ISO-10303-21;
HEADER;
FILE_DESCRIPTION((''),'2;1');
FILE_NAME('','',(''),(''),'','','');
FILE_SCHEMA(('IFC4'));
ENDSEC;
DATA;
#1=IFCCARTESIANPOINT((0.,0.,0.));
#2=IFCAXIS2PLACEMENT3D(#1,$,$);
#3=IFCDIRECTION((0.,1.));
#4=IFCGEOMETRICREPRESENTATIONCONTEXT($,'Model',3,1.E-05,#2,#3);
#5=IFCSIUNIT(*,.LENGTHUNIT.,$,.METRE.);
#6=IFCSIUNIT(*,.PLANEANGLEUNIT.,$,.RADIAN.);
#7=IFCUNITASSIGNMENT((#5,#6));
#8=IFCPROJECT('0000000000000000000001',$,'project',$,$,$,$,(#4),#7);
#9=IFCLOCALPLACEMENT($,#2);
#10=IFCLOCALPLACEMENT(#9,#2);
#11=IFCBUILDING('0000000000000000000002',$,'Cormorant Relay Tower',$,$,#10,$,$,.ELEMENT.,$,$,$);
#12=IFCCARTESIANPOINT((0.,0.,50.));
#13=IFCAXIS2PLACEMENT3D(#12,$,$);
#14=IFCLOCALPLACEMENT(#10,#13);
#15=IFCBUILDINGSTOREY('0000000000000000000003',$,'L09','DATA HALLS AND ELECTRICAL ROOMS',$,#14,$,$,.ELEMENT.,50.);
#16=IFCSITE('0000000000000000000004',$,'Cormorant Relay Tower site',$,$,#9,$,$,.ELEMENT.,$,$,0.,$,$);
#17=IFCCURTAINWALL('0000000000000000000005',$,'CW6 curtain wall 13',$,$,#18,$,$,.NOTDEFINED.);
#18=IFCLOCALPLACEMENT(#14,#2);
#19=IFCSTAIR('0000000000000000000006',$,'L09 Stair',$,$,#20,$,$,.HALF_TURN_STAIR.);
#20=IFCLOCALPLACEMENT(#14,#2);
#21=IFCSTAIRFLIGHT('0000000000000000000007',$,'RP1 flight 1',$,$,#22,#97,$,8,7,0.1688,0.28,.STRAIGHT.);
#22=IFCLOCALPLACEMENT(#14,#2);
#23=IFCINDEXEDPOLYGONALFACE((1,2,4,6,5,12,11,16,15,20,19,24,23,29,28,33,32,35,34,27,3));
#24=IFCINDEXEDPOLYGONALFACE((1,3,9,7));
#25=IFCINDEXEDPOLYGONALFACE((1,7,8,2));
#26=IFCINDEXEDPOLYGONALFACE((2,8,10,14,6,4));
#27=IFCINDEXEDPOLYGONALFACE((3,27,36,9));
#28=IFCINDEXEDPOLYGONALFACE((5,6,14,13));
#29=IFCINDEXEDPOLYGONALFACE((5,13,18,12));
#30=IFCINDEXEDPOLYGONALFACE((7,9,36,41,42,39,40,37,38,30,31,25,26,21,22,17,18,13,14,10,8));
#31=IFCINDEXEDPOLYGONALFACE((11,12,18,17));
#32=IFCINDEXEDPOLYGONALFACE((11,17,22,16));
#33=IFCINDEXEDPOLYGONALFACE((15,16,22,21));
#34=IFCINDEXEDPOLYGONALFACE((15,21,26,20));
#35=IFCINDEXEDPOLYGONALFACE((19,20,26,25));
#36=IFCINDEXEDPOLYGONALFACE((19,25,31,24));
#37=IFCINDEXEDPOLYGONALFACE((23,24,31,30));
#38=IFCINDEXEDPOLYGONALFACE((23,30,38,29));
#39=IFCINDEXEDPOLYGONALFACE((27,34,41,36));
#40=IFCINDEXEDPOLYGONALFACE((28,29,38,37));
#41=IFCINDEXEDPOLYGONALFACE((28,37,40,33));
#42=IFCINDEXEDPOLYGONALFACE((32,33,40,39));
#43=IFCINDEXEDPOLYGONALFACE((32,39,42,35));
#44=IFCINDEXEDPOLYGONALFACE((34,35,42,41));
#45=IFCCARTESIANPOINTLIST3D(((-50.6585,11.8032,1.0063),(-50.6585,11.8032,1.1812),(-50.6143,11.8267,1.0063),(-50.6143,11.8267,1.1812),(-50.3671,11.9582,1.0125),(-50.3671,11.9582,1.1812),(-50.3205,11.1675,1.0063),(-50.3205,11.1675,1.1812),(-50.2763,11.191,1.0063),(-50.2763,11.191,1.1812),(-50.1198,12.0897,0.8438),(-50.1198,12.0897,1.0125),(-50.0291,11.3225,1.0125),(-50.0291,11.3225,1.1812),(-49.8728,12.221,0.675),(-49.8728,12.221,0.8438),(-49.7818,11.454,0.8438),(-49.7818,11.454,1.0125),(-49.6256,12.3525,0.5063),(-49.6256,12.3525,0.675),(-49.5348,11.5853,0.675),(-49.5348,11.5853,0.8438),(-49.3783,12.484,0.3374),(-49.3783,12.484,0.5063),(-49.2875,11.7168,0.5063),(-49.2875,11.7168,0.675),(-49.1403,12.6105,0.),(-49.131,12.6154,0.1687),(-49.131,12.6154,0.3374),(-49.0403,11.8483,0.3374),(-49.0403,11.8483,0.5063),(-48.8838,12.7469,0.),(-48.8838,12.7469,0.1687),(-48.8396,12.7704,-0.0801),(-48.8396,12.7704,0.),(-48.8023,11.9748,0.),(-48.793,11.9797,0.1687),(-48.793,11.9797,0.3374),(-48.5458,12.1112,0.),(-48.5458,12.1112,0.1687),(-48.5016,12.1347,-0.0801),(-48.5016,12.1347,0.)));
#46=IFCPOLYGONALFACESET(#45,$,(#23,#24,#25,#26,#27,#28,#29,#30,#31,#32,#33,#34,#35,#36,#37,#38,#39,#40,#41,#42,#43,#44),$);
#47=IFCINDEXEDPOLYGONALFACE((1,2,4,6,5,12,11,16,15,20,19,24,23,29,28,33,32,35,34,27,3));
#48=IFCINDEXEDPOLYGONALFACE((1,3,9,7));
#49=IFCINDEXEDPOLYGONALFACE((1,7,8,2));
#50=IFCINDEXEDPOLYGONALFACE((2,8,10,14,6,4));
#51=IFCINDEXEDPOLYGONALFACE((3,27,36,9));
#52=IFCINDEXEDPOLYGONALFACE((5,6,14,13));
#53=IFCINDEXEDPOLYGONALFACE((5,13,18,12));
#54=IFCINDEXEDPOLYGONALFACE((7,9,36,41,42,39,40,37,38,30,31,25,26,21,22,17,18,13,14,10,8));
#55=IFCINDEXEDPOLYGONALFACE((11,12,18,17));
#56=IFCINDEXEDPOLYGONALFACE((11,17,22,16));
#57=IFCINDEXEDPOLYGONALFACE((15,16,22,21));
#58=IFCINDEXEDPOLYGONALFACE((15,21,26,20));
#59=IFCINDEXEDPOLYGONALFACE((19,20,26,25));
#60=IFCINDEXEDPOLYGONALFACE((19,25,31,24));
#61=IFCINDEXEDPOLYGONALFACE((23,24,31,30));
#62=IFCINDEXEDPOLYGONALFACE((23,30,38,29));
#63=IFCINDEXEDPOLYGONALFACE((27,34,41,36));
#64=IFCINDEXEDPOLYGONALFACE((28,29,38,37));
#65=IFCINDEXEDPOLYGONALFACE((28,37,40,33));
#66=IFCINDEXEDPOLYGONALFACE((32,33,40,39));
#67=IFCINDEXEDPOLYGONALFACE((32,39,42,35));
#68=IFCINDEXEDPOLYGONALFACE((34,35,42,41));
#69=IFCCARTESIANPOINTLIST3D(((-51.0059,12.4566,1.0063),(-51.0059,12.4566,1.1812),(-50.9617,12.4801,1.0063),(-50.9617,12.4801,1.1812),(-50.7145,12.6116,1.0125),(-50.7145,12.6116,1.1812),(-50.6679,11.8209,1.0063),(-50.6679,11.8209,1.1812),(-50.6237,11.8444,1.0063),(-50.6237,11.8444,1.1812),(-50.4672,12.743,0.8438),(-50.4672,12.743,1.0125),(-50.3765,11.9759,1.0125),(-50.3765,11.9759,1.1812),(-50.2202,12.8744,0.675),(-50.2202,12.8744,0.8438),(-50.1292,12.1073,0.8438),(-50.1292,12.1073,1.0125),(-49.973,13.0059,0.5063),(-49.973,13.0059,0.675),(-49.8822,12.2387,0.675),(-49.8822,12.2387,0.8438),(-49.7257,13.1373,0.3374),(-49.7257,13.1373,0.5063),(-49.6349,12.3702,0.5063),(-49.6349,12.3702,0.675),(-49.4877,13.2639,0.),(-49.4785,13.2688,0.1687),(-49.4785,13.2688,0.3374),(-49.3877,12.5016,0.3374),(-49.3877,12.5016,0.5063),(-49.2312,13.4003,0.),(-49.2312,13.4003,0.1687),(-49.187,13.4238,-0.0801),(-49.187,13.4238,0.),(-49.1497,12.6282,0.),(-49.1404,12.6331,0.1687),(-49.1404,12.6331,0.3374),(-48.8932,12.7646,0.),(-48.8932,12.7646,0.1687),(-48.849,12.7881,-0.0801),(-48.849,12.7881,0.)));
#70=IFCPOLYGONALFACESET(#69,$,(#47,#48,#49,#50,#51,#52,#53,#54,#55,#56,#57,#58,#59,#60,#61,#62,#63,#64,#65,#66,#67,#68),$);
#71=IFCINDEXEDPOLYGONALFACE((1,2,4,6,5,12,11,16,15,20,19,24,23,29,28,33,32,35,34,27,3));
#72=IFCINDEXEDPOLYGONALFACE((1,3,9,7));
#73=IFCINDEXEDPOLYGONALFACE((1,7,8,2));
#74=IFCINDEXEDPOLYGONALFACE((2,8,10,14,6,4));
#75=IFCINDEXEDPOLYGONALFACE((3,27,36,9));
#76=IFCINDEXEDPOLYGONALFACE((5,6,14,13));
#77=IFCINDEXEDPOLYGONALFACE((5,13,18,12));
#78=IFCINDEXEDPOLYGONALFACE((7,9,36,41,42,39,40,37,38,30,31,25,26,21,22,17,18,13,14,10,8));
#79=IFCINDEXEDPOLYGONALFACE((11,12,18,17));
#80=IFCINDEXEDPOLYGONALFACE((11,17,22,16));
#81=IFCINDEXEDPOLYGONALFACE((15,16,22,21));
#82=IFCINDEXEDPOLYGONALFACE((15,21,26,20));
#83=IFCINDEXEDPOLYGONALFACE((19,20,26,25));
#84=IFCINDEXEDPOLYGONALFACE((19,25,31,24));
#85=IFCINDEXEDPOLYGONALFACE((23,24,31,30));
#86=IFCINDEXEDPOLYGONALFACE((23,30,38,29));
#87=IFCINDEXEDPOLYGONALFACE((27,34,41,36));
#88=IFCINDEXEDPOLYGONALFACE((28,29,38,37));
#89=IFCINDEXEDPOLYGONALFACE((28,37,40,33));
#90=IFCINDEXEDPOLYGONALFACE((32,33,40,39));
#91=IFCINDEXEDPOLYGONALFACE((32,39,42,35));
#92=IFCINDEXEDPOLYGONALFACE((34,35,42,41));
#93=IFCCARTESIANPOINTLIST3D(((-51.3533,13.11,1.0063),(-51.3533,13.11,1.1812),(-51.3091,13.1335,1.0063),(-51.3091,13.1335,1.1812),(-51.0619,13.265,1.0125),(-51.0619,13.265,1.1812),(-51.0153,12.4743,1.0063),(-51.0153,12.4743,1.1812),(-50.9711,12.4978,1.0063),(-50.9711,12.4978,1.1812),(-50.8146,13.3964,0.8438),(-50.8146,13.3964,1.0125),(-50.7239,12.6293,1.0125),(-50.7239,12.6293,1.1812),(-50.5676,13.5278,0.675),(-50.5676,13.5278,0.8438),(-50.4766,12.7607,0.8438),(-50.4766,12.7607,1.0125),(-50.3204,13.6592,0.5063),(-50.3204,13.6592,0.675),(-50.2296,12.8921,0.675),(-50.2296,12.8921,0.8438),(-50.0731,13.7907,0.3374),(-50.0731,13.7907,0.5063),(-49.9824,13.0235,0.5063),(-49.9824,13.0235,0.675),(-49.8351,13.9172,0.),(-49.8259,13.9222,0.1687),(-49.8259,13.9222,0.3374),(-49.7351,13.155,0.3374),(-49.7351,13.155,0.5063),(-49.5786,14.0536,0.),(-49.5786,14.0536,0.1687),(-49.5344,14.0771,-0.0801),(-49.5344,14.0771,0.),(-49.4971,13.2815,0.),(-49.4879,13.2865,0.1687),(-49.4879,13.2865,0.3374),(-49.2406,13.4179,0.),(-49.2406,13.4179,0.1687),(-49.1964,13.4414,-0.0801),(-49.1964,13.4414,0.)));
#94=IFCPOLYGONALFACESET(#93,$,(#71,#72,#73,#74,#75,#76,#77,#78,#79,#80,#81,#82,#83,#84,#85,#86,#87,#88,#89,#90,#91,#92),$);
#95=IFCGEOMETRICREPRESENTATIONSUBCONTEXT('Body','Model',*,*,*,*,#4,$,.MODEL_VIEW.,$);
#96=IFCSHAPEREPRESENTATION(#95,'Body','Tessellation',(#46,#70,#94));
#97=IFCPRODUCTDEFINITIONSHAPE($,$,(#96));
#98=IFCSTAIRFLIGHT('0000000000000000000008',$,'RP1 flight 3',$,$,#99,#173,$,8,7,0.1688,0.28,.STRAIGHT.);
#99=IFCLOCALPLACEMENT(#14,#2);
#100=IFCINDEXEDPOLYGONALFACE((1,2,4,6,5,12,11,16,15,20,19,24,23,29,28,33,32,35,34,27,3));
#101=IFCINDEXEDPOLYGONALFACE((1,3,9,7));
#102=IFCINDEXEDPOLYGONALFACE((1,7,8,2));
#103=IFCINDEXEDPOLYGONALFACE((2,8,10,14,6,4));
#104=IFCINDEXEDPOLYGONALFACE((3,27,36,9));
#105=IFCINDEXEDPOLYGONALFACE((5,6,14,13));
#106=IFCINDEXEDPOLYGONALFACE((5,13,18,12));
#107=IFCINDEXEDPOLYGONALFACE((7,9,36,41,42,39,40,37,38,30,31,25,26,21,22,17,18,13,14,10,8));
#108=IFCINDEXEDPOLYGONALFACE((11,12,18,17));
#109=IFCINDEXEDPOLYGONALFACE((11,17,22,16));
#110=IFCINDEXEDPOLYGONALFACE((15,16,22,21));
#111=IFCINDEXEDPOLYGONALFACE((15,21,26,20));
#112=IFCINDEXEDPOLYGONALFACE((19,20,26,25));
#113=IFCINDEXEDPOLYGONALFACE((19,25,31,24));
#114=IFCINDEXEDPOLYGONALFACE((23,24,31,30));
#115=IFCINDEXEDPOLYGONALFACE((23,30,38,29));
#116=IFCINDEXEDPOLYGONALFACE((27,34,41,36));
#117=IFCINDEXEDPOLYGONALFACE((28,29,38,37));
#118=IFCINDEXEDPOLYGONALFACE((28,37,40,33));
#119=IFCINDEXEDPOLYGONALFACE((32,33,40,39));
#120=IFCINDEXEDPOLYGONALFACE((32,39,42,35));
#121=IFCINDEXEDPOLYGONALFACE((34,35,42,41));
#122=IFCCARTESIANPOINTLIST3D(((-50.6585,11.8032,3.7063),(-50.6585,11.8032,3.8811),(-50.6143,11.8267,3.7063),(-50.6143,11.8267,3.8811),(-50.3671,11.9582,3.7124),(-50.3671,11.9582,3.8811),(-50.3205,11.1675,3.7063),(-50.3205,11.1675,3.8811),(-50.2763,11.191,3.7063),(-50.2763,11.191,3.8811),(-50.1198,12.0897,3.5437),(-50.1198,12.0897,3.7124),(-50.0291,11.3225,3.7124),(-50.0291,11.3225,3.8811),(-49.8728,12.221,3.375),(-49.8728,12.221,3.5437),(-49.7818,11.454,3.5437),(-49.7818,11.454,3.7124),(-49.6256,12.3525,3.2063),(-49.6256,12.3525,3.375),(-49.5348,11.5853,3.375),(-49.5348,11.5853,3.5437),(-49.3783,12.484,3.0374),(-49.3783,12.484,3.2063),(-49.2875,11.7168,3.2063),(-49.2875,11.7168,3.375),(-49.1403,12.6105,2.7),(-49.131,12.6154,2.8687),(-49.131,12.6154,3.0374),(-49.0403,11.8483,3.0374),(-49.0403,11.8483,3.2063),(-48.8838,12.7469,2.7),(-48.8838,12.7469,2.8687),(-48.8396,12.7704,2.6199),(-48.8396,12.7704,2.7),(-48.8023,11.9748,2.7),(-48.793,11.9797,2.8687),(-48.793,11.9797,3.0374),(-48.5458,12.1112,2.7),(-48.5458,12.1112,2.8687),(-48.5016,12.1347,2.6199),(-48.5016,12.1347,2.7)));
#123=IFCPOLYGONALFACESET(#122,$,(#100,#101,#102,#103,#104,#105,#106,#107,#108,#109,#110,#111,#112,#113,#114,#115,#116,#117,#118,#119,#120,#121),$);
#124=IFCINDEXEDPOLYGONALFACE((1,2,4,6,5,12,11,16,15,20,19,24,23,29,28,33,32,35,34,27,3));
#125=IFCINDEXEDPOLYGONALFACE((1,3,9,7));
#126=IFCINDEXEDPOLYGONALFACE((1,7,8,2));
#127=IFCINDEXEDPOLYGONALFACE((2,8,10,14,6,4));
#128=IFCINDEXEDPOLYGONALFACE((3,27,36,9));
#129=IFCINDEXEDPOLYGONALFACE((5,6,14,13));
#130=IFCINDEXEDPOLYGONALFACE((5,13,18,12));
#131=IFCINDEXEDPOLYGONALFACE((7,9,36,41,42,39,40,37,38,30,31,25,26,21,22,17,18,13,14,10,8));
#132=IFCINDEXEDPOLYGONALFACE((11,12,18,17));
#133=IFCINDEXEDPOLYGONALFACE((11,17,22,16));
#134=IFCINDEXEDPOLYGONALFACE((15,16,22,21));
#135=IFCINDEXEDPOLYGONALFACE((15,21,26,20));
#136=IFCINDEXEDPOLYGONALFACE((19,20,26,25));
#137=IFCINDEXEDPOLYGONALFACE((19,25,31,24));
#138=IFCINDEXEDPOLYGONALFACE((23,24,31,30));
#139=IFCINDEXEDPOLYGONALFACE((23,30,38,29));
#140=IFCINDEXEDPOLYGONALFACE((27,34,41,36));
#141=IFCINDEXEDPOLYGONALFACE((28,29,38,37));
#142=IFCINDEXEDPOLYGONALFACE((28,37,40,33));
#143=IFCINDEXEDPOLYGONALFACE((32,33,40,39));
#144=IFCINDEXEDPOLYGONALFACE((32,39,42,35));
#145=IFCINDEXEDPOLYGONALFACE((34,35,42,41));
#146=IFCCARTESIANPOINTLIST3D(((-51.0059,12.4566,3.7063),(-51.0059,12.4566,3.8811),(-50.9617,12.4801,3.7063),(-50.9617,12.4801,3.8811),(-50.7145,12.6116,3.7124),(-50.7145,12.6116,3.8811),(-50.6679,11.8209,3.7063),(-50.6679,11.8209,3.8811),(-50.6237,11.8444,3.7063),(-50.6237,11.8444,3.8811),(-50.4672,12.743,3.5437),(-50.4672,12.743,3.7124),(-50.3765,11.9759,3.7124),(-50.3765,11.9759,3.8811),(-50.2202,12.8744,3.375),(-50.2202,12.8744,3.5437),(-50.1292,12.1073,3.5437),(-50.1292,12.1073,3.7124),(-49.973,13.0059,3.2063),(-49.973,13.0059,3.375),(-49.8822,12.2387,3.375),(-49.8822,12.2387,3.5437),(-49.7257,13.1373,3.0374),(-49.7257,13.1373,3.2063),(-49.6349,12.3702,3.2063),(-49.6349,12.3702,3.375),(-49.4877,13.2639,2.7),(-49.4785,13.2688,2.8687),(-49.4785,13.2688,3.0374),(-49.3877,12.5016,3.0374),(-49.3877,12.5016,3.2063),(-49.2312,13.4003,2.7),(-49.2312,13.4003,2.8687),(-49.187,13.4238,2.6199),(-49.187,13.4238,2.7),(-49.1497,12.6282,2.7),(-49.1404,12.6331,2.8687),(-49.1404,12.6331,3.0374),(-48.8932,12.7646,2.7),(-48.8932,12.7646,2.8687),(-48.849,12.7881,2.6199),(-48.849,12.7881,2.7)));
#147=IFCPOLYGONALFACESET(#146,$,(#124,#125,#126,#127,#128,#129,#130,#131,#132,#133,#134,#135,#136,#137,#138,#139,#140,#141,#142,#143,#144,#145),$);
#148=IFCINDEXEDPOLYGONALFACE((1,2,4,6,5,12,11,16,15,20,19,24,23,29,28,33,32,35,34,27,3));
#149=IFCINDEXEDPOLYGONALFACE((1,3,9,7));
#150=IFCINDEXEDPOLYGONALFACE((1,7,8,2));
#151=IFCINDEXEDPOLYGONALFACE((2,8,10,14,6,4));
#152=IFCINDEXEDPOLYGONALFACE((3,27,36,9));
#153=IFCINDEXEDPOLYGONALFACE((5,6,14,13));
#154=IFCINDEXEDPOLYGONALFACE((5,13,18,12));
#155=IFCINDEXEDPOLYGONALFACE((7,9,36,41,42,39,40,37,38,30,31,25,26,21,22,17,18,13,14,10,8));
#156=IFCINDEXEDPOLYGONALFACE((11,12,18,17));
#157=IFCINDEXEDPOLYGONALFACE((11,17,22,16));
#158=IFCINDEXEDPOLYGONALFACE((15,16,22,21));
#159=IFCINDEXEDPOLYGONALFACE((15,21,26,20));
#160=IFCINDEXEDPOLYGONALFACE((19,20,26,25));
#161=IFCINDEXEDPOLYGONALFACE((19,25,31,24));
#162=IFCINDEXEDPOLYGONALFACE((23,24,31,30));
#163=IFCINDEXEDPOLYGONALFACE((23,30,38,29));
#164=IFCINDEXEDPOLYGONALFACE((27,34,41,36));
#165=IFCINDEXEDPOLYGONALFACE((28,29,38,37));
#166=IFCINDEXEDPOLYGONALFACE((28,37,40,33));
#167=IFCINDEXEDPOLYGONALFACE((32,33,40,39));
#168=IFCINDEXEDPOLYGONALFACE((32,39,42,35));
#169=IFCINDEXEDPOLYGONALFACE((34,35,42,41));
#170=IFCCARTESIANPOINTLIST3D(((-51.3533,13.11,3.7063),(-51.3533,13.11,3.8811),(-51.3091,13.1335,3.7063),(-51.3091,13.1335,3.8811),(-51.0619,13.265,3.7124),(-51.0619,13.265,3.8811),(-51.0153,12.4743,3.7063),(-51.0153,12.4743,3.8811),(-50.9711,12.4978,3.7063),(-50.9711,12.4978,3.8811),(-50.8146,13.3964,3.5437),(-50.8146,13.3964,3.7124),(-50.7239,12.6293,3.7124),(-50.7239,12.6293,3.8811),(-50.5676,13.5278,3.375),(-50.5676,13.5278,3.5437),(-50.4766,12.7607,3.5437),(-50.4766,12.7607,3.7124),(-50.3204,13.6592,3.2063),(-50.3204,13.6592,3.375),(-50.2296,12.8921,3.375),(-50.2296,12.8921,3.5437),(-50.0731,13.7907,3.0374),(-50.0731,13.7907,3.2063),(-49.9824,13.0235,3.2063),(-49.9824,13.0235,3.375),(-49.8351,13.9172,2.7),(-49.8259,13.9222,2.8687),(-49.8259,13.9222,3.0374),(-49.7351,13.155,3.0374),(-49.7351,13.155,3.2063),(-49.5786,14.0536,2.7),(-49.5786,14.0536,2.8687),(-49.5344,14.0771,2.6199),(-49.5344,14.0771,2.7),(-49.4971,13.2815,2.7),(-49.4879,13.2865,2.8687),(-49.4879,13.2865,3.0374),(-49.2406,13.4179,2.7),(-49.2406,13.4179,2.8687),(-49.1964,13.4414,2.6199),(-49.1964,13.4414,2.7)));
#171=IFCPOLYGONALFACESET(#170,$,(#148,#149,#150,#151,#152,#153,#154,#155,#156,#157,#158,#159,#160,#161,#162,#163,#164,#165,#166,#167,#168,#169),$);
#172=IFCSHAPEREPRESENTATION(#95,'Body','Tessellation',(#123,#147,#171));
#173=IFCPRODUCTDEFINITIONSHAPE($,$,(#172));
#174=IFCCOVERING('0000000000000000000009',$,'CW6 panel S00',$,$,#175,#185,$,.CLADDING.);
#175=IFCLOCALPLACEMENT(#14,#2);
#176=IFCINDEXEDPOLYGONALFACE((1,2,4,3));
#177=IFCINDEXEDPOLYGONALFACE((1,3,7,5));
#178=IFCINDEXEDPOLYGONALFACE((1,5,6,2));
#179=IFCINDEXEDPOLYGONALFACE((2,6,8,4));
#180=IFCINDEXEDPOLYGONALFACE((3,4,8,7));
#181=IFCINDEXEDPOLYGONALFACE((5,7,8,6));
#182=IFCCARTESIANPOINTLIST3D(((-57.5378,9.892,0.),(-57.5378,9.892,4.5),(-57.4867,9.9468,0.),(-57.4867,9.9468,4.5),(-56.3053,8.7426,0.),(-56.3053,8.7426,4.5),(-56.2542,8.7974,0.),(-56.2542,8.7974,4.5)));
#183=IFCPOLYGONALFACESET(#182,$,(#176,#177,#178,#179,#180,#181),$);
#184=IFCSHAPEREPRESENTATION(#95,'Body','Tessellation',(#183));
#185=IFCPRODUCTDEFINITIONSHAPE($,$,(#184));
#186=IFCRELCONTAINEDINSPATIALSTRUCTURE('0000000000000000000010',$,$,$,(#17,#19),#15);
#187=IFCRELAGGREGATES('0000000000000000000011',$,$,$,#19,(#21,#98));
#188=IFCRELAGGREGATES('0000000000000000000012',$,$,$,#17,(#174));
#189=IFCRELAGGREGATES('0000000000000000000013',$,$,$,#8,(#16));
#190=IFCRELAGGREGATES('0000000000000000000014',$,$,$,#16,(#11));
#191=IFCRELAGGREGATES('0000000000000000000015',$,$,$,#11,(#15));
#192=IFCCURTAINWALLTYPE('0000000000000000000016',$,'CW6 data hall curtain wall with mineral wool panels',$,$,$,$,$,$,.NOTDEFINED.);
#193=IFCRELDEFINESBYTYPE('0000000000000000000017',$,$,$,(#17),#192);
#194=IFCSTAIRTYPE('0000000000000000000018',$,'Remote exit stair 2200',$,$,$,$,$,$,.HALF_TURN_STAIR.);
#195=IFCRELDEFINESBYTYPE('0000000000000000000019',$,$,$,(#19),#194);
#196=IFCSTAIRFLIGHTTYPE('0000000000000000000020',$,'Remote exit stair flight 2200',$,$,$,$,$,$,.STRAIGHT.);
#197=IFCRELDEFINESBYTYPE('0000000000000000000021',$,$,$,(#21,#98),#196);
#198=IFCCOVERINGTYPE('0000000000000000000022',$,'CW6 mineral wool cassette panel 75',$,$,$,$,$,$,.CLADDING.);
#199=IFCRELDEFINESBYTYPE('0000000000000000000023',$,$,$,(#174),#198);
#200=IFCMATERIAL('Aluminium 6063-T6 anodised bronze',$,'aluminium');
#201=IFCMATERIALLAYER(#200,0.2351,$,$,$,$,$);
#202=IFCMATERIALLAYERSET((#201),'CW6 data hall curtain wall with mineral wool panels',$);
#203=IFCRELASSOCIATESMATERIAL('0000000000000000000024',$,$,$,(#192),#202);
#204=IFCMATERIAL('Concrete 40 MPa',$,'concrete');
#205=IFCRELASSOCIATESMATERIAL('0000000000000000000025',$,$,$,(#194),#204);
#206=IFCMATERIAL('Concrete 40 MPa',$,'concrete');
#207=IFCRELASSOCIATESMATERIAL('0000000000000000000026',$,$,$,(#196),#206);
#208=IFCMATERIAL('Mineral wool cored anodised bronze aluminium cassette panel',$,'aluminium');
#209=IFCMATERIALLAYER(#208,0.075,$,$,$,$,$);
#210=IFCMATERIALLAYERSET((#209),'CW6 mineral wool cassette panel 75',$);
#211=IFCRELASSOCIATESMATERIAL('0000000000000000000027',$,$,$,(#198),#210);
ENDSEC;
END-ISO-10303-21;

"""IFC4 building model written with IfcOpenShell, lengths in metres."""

from ifc_helpers import new_model, si_unit, direction, frame, origin, origin_2d, place, context, subcontext, project, spatial, polyline, rectangle, outline, extrude, material, layer, layer_set, type_object, element, aggregate, save


model = new_model("IFC4")

# Units and contexts
model_context = context("Model", 3, precision=1e-05, world=origin(), true_north=direction((0.0, 1.0)))
body_context = subcontext(model_context, "Body", "Model", "MODEL_VIEW")
ifc_project = project(units=[si_unit("LENGTHUNIT", "METRE"), si_unit("PLANEANGLEUNIT", "RADIAN")], contexts=[model_context])

# Site, building, storey
site_placement = place(None, origin())
site = spatial("IfcSite", under=ifc_project, at=site_placement, Name="Cormorant Relay Tower site", CompositionType="ELEMENT", RefElevation=0.0)
building_placement = place(site_placement, origin())
building = spatial("IfcBuilding", under=site, at=building_placement, Name="Cormorant Relay Tower", CompositionType="ELEMENT")
storey_placement = place(building_placement, frame((0.0, 0.0, 50.0)))
storey = spatial("IfcBuildingStorey", under=building, at=storey_placement, Name="L09", Description="DATA HALLS AND ELECTRICAL ROOMS", CompositionType="ELEMENT", Elevation=50.0)

# Curtain wall
ifc_material_1 = material(Name="Aluminium 6063-T6 anodised bronze", Category="aluminium")
ifc_layer_1 = layer(ifc_material_1, 0.2351)
ifc_layer_set_1 = layer_set([ifc_layer_1], Name="CW6 data hall curtain wall with mineral wool panels")
curtain_wall_type = type_object("IfcCurtainWallType", Name="CW6 data hall curtain wall with mineral wool panels", PredefinedType="NOTDEFINED", material=ifc_layer_set_1)
curtain_wall_1_placement = place(storey_placement, origin())
curtain_wall_1 = element("IfcCurtainWall", 1, at=curtain_wall_1_placement, inside=storey, type_object=curtain_wall_type, Name="CW6 curtain wall 13", PredefinedType="NOTDEFINED")

# Stair, stair flights
ifc_material_2 = material(Name="Concrete 40 MPa", Category="concrete")
stair_type = type_object("IfcStairType", Name="Remote exit stair 2200", PredefinedType="HALF_TURN_STAIR", material=ifc_material_2)
stair_placement = place(storey_placement, origin())
stair = element("IfcStair", 2, at=stair_placement, inside=storey, type_object=stair_type, Name="L09 Stair", PredefinedType="HALF_TURN_STAIR")
ifc_material_3 = material(Name="Concrete 40 MPa", Category="concrete")
stair_flight_type = type_object("IfcStairFlightType", Name="Remote exit stair flight 2200", PredefinedType="STRAIGHT", material=ifc_material_3)
stair_flight_1_placement = place(storey_placement, frame((-49.0623, 13.0825, 0.0), z_axis=(0.0, 0.0, 1.0), x_axis=(-0.882948, -0.469472, 0.0)))
stair_flight_1 = element("IfcStairFlight", 3, at=stair_flight_1_placement, type_object=stair_flight_type, Name="RP1 flight 1", NumberOfRisers=8, NumberOfTreads=7, PredefinedType="STRAIGHT", RiserHeight=0.1688, TreadLength=0.28, context=body_context, shape_type="SweptSolid", body=[
    extrude(outline(polyline([(-0.05, -0.0801), (-0.05, 0.0), (0.0, 0.0), (0.0, 0.1687), (0.28, 0.1687), (0.28, 0.3374), (0.5601, 0.3374), (0.5601, 0.5063), (0.8401, 0.5063), (0.8401, 0.675), (1.1201, 0.675), (1.1201, 0.8438), (1.3999, 0.8438), (1.3999, 1.0125), (1.6799, 1.0125), (1.6799, 1.1812), (1.96, 1.1812), (2.01, 1.1812), (2.01, 1.0063), (1.96, 1.0063), (0.2905, 0.0), (-0.05, -0.0801)])), frame((0.0, 1.1001, 0.0), z_axis=(0.0, -1.0, 0.0), x_axis=(1.0, 0.0, 0.0)), (0.0, 0.0, 1.0), 0.72),
    extrude(outline(polyline([(-0.05, -0.0801), (-0.05, 0.0), (0.0, 0.0), (0.0, 0.1687), (0.28, 0.1687), (0.28, 0.3374), (0.5601, 0.3374), (0.5601, 0.5063), (0.8401, 0.5063), (0.8401, 0.675), (1.1201, 0.675), (1.1201, 0.8438), (1.3999, 0.8438), (1.3999, 1.0125), (1.6799, 1.0125), (1.6799, 1.1812), (1.96, 1.1812), (2.01, 1.1812), (2.01, 1.0063), (1.96, 1.0063), (0.2905, 0.0), (-0.05, -0.0801)])), frame((0.0, 0.3601, 0.0), z_axis=(0.0, -1.0, 0.0), x_axis=(1.0, 0.0, 0.0)), (0.0, 0.0, 1.0), 0.72),
    extrude(outline(polyline([(-0.05, -0.0801), (-0.05, 0.0), (0.0, 0.0), (0.0, 0.1687), (0.28, 0.1687), (0.28, 0.3374), (0.5601, 0.3374), (0.5601, 0.5063), (0.8401, 0.5063), (0.8401, 0.675), (1.1201, 0.675), (1.1201, 0.8438), (1.3999, 0.8438), (1.3999, 1.0125), (1.6799, 1.0125), (1.6799, 1.1812), (1.96, 1.1812), (2.01, 1.1812), (2.01, 1.0063), (1.96, 1.0063), (0.2905, 0.0), (-0.05, -0.0801)])), frame((0.0, -0.3799, 0.0), z_axis=(0.0, -1.0, 0.0), x_axis=(1.0, 0.0, 0.0)), (0.0, 0.0, 1.0), 0.72),
])
stair_flight_2_placement = place(storey_placement, frame((-49.0623, 13.0825, 2.7), z_axis=(0.0, 0.0, 1.0), x_axis=(-0.882948, -0.469472, 0.0)))
stair_flight_2 = element("IfcStairFlight", 4, at=stair_flight_2_placement, type_object=stair_flight_type, Name="RP1 flight 3", NumberOfRisers=8, NumberOfTreads=7, PredefinedType="STRAIGHT", RiserHeight=0.1688, TreadLength=0.28, context=body_context, shape_type="SweptSolid", body=[
    extrude(outline(polyline([(-0.05, -0.0801), (-0.05, 0.0), (0.0, 0.0), (0.0, 0.1687), (0.28, 0.1687), (0.28, 0.3374), (0.5601, 0.3374), (0.5601, 0.5063), (0.8401, 0.5063), (0.8401, 0.675), (1.1201, 0.675), (1.1201, 0.8438), (1.3999, 0.8438), (1.3999, 1.0125), (1.6799, 1.0125), (1.6799, 1.1812), (1.96, 1.1812), (2.01, 1.1812), (2.01, 1.0063), (1.96, 1.0063), (0.2905, 0.0), (-0.05, -0.0801)])), frame((0.0, 1.1001, 0.0), z_axis=(0.0, -1.0, 0.0), x_axis=(1.0, 0.0, 0.0)), (0.0, 0.0, 1.0), 0.72),
    extrude(outline(polyline([(-0.05, -0.0801), (-0.05, 0.0), (0.0, 0.0), (0.0, 0.1687), (0.28, 0.1687), (0.28, 0.3374), (0.5601, 0.3374), (0.5601, 0.5063), (0.8401, 0.5063), (0.8401, 0.675), (1.1201, 0.675), (1.1201, 0.8438), (1.3999, 0.8438), (1.3999, 1.0125), (1.6799, 1.0125), (1.6799, 1.1812), (1.96, 1.1812), (2.01, 1.1812), (2.01, 1.0063), (1.96, 1.0063), (0.2905, 0.0), (-0.05, -0.0801)])), frame((0.0, 0.3601, 0.0), z_axis=(0.0, -1.0, 0.0), x_axis=(1.0, 0.0, 0.0)), (0.0, 0.0, 1.0), 0.72),
    extrude(outline(polyline([(-0.05, -0.0801), (-0.05, 0.0), (0.0, 0.0), (0.0, 0.1687), (0.28, 0.1687), (0.28, 0.3374), (0.5601, 0.3374), (0.5601, 0.5063), (0.8401, 0.5063), (0.8401, 0.675), (1.1201, 0.675), (1.1201, 0.8438), (1.3999, 0.8438), (1.3999, 1.0125), (1.6799, 1.0125), (1.6799, 1.1812), (1.96, 1.1812), (2.01, 1.1812), (2.01, 1.0063), (1.96, 1.0063), (0.2905, 0.0), (-0.05, -0.0801)])), frame((0.0, -0.3799, 0.0), z_axis=(0.0, -1.0, 0.0), x_axis=(1.0, 0.0, 0.0)), (0.0, 0.0, 1.0), 0.72),
])
aggregate(stair, [stair_flight_1, stair_flight_2])

# Covering
ifc_material_4 = material(Name="Mineral wool cored anodised bronze aluminium cassette panel", Category="aluminium")
ifc_layer_2 = layer(ifc_material_4, 0.075)
ifc_layer_set_2 = layer_set([ifc_layer_2], Name="CW6 mineral wool cassette panel 75")
covering_type = type_object("IfcCoveringType", Name="CW6 mineral wool cassette panel 75", PredefinedType="CLADDING", material=ifc_layer_set_2)
covering_1_placement = place(storey_placement, frame((-56.896, 9.3447, 0.0), z_axis=(0.0, 0.0, 1.0), x_axis=(0.731354, -0.681998, 0.0)))
covering_1 = element("IfcCovering", 5, at=covering_1_placement, type_object=covering_type, Name="CW6 panel S00", PredefinedType="CLADDING", context=body_context, shape_type="SweptSolid", body=[
    extrude(rectangle(XDim=1.6853, YDim=0.075, at=origin_2d()), origin(), (0.0, 0.0, 1.0), 4.5),
])
aggregate(curtain_wall_1, [covering_1])

save(model, "model.ifc")
